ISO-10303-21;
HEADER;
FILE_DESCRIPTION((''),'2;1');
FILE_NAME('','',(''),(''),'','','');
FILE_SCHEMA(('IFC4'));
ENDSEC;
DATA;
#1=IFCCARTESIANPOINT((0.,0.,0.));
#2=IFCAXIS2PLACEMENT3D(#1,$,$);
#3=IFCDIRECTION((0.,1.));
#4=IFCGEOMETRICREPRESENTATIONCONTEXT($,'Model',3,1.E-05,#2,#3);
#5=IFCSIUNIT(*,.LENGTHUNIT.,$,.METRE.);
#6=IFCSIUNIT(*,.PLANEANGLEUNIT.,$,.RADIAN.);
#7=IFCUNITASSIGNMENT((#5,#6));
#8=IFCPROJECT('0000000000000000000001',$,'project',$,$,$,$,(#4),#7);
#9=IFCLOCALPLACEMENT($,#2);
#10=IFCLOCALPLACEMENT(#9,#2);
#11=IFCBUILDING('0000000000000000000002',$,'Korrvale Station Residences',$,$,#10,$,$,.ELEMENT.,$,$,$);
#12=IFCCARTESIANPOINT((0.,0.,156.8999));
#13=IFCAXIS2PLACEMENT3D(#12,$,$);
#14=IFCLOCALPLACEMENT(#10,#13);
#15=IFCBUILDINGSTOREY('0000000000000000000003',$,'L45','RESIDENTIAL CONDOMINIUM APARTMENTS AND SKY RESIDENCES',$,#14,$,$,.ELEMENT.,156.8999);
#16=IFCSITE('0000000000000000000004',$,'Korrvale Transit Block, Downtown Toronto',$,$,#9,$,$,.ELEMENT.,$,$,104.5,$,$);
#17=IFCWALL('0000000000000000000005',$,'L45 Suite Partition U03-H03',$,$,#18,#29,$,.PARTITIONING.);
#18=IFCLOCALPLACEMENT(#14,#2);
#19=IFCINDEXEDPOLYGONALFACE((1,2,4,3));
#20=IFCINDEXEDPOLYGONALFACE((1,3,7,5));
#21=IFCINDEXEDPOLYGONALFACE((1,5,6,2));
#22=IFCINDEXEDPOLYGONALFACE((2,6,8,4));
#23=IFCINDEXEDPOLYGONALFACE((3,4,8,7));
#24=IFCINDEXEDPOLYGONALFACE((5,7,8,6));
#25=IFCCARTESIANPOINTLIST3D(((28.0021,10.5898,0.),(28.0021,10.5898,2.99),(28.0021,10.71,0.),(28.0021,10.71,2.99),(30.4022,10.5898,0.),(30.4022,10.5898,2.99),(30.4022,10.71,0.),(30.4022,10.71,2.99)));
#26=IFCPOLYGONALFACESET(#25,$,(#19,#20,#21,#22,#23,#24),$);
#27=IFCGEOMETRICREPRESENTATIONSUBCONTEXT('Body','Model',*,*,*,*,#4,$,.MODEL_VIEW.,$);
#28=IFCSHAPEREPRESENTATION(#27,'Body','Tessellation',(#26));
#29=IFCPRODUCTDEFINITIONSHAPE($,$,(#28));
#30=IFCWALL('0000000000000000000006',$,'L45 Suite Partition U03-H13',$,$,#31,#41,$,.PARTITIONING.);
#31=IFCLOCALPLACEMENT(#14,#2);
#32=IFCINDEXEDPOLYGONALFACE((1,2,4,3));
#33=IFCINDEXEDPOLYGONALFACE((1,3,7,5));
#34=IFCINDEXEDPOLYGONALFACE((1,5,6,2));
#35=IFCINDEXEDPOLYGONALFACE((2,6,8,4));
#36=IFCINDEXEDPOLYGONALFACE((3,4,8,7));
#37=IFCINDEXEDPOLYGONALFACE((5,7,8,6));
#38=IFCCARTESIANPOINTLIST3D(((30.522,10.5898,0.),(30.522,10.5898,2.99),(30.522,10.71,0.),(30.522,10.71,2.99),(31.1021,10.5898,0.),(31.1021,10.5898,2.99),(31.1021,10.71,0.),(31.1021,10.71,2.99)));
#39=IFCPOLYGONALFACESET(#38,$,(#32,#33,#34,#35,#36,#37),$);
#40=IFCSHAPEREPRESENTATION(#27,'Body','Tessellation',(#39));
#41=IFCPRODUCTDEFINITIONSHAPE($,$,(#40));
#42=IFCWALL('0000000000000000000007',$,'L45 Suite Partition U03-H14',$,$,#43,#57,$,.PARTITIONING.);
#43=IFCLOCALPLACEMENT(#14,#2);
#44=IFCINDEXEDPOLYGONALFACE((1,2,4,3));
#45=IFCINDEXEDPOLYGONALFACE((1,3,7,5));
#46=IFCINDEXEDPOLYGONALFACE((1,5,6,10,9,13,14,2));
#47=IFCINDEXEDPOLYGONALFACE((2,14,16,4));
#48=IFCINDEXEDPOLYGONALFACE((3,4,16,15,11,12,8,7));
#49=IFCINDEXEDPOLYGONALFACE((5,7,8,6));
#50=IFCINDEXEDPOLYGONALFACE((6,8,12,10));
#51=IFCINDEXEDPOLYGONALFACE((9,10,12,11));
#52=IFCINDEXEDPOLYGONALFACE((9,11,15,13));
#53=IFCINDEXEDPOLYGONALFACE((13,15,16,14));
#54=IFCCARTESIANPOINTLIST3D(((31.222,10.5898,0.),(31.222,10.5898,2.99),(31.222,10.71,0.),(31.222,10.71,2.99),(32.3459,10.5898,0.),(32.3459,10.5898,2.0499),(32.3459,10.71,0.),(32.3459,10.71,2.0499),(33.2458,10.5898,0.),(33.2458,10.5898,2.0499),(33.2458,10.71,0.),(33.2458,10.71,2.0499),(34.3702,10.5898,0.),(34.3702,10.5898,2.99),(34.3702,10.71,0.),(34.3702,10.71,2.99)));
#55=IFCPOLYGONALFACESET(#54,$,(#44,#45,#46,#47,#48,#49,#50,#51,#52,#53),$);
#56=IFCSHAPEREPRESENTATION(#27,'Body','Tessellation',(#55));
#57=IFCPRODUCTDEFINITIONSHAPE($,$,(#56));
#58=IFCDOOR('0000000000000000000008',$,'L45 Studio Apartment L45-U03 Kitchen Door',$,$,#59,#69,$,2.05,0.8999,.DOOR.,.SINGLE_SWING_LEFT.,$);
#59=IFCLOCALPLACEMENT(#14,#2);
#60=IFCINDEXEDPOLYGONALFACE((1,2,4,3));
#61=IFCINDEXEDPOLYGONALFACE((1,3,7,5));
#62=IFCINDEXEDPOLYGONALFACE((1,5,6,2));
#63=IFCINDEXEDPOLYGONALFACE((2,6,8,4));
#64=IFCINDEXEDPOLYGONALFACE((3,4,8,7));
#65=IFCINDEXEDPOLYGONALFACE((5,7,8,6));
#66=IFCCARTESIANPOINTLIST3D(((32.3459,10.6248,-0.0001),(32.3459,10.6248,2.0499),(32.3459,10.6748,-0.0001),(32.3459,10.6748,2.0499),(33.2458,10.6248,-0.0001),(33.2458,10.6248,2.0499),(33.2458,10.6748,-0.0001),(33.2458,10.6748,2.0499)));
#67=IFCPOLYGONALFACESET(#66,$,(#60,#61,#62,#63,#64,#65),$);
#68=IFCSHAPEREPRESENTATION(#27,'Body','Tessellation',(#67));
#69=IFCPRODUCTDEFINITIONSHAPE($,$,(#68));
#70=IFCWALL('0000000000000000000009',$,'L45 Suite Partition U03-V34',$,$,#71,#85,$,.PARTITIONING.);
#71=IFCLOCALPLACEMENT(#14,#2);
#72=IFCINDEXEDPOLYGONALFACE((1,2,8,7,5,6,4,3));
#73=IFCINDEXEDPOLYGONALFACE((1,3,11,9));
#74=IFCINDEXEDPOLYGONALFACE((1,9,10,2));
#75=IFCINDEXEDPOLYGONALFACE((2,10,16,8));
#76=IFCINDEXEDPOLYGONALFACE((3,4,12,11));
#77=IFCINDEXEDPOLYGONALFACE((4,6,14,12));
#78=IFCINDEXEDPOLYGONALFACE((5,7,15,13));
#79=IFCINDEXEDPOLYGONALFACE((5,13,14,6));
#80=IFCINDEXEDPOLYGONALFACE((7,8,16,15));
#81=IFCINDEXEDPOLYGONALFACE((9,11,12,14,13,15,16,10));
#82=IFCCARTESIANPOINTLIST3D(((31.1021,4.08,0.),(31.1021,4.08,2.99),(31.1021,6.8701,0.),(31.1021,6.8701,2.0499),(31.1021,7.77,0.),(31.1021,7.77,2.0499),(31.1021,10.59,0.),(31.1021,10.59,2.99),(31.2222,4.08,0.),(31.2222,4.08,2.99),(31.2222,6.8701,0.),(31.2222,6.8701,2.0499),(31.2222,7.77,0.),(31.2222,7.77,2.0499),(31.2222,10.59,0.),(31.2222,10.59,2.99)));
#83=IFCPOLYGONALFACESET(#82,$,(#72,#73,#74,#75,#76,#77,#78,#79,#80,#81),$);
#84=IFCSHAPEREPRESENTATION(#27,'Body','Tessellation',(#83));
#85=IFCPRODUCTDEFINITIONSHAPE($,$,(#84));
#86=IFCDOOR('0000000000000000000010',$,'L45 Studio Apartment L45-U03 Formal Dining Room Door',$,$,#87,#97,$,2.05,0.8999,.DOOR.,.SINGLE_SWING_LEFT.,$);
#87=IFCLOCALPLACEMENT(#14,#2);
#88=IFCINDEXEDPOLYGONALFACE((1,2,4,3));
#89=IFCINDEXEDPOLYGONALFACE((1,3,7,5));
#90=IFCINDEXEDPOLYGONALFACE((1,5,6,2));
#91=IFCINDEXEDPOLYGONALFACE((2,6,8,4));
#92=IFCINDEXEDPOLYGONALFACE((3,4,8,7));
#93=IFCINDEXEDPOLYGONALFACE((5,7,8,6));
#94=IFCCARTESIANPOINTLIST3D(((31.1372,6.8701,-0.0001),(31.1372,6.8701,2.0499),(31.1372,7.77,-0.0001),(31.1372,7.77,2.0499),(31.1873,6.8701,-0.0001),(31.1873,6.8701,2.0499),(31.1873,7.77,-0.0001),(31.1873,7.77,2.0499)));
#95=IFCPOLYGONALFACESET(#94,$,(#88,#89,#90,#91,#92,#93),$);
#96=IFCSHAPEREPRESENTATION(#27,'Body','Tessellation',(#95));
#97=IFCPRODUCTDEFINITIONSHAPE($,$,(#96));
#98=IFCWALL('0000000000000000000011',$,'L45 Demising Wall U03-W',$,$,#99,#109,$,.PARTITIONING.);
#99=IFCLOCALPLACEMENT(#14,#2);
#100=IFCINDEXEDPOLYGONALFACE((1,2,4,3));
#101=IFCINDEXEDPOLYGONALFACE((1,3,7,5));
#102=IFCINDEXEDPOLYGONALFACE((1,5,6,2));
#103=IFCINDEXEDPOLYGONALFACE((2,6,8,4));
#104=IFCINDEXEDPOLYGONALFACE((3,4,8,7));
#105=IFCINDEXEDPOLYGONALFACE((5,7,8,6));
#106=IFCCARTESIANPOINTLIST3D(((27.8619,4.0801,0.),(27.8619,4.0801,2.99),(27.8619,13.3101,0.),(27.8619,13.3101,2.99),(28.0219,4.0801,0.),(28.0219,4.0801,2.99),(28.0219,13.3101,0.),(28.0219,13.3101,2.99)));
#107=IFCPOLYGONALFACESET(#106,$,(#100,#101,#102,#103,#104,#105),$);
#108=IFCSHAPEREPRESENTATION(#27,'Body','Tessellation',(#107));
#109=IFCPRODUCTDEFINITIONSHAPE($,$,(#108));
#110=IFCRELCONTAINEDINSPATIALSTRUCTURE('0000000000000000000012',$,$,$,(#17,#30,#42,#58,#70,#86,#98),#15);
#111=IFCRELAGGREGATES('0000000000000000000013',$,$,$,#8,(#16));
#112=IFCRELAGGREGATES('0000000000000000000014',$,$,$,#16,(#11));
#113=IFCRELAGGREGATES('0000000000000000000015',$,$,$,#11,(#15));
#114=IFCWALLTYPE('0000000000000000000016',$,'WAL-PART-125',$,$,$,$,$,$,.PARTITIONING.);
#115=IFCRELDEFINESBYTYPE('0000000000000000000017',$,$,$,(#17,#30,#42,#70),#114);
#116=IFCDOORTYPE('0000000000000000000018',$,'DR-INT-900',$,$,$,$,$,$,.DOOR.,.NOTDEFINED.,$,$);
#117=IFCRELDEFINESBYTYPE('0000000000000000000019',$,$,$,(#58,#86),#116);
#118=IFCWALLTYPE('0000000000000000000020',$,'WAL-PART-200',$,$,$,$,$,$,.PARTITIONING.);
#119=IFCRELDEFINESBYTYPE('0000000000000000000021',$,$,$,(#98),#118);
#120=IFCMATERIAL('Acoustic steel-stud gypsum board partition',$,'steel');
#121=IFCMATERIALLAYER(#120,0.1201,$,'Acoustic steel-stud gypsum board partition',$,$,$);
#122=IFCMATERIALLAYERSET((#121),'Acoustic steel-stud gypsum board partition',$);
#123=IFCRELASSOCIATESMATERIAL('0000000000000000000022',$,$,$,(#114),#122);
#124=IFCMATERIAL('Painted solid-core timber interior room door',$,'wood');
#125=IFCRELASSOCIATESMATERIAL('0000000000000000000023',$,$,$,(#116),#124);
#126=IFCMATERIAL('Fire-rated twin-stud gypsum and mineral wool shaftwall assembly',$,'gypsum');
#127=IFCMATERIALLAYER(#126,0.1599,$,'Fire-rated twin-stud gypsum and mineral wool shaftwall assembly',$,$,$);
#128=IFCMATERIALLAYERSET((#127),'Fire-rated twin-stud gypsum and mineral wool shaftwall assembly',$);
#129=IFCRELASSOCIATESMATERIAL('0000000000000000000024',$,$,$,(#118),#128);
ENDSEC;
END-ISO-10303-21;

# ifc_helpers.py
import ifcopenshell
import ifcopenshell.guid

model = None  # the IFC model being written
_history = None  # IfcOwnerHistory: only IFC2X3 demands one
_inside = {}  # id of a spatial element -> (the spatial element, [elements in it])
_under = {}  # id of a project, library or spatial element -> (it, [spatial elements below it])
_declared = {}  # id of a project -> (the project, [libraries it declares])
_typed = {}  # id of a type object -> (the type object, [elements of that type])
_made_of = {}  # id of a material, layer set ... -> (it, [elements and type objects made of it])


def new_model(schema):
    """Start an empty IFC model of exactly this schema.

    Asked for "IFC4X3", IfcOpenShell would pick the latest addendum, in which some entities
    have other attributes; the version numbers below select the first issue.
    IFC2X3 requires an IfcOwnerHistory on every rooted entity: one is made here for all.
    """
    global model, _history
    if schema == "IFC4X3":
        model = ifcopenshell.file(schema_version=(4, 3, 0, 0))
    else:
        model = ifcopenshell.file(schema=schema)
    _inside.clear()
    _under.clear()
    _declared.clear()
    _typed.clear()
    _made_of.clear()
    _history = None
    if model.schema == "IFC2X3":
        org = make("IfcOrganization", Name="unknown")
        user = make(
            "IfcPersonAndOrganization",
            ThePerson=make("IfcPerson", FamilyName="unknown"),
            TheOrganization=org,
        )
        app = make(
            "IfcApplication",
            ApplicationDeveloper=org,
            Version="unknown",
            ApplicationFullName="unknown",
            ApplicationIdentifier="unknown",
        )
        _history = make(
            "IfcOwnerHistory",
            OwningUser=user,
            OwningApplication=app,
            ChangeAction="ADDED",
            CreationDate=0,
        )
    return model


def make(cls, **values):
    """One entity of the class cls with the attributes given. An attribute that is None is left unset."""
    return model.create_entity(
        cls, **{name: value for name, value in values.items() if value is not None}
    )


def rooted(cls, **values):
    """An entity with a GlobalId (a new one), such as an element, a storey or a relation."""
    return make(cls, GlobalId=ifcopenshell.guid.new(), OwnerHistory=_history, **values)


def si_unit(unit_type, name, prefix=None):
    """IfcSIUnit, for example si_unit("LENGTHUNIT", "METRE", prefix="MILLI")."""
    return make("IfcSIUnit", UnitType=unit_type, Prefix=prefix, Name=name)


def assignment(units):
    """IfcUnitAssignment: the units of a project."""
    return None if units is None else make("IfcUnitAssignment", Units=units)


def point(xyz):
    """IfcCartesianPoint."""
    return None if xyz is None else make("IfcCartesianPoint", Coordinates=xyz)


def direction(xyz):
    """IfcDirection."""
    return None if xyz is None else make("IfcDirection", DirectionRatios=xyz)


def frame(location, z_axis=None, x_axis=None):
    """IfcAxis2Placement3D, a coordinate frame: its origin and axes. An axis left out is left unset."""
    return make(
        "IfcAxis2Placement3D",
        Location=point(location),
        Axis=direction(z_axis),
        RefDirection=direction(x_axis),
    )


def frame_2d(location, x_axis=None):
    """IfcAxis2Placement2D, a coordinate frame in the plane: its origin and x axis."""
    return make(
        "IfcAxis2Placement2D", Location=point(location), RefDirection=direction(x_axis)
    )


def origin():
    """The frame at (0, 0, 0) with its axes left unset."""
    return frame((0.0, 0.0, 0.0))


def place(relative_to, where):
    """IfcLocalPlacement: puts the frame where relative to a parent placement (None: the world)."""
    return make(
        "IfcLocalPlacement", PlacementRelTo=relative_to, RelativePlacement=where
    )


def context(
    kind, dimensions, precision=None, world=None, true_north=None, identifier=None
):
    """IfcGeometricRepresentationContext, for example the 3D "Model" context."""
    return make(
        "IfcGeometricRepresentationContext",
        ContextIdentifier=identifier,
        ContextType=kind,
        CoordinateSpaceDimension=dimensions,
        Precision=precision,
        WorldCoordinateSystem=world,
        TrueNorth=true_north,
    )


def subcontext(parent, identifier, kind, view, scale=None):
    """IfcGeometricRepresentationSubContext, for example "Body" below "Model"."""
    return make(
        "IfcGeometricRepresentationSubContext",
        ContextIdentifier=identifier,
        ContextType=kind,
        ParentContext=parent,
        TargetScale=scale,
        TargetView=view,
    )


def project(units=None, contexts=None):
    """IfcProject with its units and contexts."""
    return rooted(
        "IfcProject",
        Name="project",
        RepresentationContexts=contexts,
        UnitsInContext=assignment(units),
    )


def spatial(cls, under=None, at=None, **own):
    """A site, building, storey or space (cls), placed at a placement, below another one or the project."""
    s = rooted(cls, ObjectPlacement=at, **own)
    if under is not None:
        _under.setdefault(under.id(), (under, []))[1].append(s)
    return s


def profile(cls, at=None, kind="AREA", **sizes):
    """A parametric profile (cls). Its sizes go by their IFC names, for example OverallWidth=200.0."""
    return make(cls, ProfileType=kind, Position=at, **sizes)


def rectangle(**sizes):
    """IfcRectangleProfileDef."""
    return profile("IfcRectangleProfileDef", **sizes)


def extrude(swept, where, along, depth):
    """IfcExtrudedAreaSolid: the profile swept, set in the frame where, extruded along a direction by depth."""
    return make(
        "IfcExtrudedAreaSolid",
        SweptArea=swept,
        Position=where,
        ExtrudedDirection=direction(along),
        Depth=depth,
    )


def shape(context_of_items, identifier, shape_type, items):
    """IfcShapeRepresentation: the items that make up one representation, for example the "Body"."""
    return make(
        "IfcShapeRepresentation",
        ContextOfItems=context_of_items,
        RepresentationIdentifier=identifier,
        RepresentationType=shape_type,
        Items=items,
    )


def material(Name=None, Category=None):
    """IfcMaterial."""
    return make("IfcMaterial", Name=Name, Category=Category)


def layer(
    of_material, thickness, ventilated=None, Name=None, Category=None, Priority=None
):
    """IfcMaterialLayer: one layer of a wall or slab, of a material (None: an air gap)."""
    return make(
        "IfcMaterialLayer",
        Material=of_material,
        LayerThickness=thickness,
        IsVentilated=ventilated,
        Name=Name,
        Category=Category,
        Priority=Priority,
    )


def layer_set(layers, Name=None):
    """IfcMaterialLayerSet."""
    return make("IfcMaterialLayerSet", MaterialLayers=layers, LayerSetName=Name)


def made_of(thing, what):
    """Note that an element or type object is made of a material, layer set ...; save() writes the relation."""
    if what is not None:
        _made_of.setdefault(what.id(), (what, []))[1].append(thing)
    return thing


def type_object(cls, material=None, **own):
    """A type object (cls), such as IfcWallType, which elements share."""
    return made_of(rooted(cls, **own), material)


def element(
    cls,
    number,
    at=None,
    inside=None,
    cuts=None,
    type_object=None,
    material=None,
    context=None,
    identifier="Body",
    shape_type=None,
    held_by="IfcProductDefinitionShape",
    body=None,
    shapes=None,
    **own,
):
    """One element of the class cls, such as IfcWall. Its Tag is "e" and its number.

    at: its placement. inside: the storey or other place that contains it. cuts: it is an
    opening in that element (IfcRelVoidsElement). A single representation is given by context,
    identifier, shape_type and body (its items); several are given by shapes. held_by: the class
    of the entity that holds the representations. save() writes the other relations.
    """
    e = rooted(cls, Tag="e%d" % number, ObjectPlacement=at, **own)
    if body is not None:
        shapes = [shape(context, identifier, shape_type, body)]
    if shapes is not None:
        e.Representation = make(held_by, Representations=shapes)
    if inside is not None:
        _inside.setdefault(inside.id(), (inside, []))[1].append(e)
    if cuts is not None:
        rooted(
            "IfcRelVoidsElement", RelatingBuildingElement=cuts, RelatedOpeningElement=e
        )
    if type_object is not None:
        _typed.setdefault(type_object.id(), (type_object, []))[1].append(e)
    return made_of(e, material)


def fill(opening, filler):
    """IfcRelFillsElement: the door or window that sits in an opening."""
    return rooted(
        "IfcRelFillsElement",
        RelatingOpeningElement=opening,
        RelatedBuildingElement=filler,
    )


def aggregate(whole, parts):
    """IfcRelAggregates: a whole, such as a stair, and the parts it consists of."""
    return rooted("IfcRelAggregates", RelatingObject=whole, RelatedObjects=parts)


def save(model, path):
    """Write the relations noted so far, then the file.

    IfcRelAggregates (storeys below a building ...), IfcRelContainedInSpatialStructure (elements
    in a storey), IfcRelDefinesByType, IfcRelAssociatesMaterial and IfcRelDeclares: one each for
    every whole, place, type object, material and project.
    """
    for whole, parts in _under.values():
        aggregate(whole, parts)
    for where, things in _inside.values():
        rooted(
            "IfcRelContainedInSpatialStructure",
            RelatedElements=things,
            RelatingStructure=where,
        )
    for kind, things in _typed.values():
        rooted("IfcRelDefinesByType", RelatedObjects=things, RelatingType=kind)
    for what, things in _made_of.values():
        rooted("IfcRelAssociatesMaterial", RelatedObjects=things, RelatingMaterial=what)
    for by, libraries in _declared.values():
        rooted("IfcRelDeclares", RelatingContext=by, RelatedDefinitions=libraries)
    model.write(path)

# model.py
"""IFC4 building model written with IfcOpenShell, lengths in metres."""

from ifc_helpers import new_model, si_unit, direction, frame, frame_2d, origin, place, context, subcontext, project, spatial, rectangle, extrude, material, layer, layer_set, type_object, element, fill, save


model = new_model("IFC4")

# Units and contexts
model_context = context("Model", 3, precision=1e-05, world=origin(), true_north=direction((0.0, 1.0)))
body_context = subcontext(model_context, "Body", "Model", "MODEL_VIEW")
ifc_project = project(units=[si_unit("LENGTHUNIT", "METRE"), si_unit("PLANEANGLEUNIT", "RADIAN")], contexts=[model_context])

# Site, building, storey
site_placement = place(None, origin())
site = spatial("IfcSite", under=ifc_project, at=site_placement, Name="Korrvale Transit Block, Downtown Toronto", CompositionType="ELEMENT", RefElevation=104.5)
building_placement = place(site_placement, origin())
building = spatial("IfcBuilding", under=site, at=building_placement, Name="Korrvale Station Residences", CompositionType="ELEMENT")
storey_placement = place(building_placement, frame((0.0, 0.0, 156.8999)))
storey = spatial("IfcBuildingStorey", under=building, at=storey_placement, Name="L45", Description="RESIDENTIAL CONDOMINIUM APARTMENTS AND SKY RESIDENCES", CompositionType="ELEMENT", Elevation=156.8999)

# Shared definitions
ifc_material_1 = material(Name="Acoustic steel-stud gypsum board partition", Category="steel")
ifc_layer_1 = layer(ifc_material_1, 0.1201, Name="Acoustic steel-stud gypsum board partition")
ifc_layer_set_1 = layer_set([ifc_layer_1], Name="Acoustic steel-stud gypsum board partition")
wall_type_1 = type_object("IfcWallType", Name="WAL-PART-125", PredefinedType="PARTITIONING", material=ifc_layer_set_1)
ifc_material_2 = material(Name="Painted solid-core timber interior room door", Category="wood")
door_type_1 = type_object("IfcDoorType", Name="DR-INT-900", OperationType="NOTDEFINED", PredefinedType="DOOR", material=ifc_material_2)

# Walls
wall_1_placement = place(storey_placement, frame((28.002, 10.6499, 0.0), z_axis=(0.0, 0.0, 1.0), x_axis=(1.0, 0.0, 0.0)))
element("IfcWall", 1, at=wall_1_placement, inside=storey, type_object=wall_type_1, Name="L45 Suite Partition U03-H03", PredefinedType="PARTITIONING", context=body_context, shape_type="SweptSolid", body=[
    extrude(rectangle(XDim=2.4001, YDim=0.1201, at=frame_2d((1.2002, 0.0))), origin(), (0.0, 0.0, 1.0), 2.99),
])
wall_2_placement = place(storey_placement, frame((30.522, 10.6499, 0.0), z_axis=(0.0, 0.0, 1.0), x_axis=(1.0, 0.0, 0.0)))
element("IfcWall", 2, at=wall_2_placement, inside=storey, type_object=wall_type_1, Name="L45 Suite Partition U03-H13", PredefinedType="PARTITIONING", context=body_context, shape_type="SweptSolid", body=[
    extrude(rectangle(XDim=0.5801, YDim=0.1201, at=frame_2d((0.29, 0.0))), origin(), (0.0, 0.0, 1.0), 2.99),
])

# Walls, openings, doors
wall_3_placement = place(storey_placement, frame((31.2219, 10.6499, 0.0), z_axis=(0.0, 0.0, 1.0), x_axis=(1.0, 0.0, 0.0)))
wall_3 = element("IfcWall", 3, at=wall_3_placement, inside=storey, type_object=wall_type_1, Name="L45 Suite Partition U03-H14", PredefinedType="PARTITIONING", context=body_context, shape_type="SweptSolid", body=[
    extrude(rectangle(XDim=3.1482, YDim=0.1201, at=frame_2d((1.5742, 0.0))), origin(), (0.0, 0.0, 1.0), 2.99),
])
opening_1_placement = place(wall_3_placement, frame((1.124, 0.0, 0.0)))
opening_1 = element("IfcOpeningElement", 4, at=opening_1_placement, cuts=wall_3, PredefinedType="OPENING", context=body_context, shape_type="SweptSolid", body=[
    extrude(rectangle(XDim=0.8999, YDim=2.05, at=frame_2d((0.45, 1.0249))), frame((0.0, 0.0701, 0.0), z_axis=(0.0, -1.0, 0.0), x_axis=(1.0, 0.0, 0.0)), (0.0, 0.0, 1.0), 0.1401),
])
door_1_placement = place(opening_1_placement, origin())
door_1 = element("IfcDoor", 5, at=door_1_placement, inside=storey, type_object=door_type_1, Name="L45 Studio Apartment L45-U03 Kitchen Door", OperationType="SINGLE_SWING_LEFT", OverallHeight=2.05, OverallWidth=0.8999, PredefinedType="DOOR", context=body_context, shape_type="SweptSolid", body=[
    extrude(rectangle(XDim=0.8999, YDim=2.05, at=frame_2d((0.45, 1.0249))), frame((0.0, 0.0249, 0.0), z_axis=(0.0, -1.0, 0.0), x_axis=(1.0, 0.0, 0.0)), (0.0, 0.0, 1.0), 0.05),
])
fill(opening_1, door_1)
wall_4_placement = place(storey_placement, frame((31.1621, 4.0801, 0.0), z_axis=(0.0, 0.0, 1.0), x_axis=(0.0, 1.0, 0.0)))
wall_4 = element("IfcWall", 6, at=wall_4_placement, inside=storey, type_object=wall_type_1, Name="L45 Suite Partition U03-V34", PredefinedType="PARTITIONING", context=body_context, shape_type="SweptSolid", body=[
    extrude(rectangle(XDim=6.51, YDim=0.1201, at=frame_2d((3.2549, 0.0))), origin(), (0.0, 0.0, 1.0), 2.99),
])
opening_2_placement = place(wall_4_placement, frame((2.79, 0.0, 0.0)))
opening_2 = element("IfcOpeningElement", 7, at=opening_2_placement, cuts=wall_4, PredefinedType="OPENING", context=body_context, shape_type="SweptSolid", body=[
    extrude(rectangle(XDim=0.8999, YDim=2.05, at=frame_2d((0.45, 1.0249))), frame((0.0, 0.0701, 0.0), z_axis=(0.0, -1.0, 0.0), x_axis=(1.0, 0.0, 0.0)), (0.0, 0.0, 1.0), 0.1401),
])
door_2_placement = place(opening_2_placement, origin())
door_2 = element("IfcDoor", 8, at=door_2_placement, inside=storey, type_object=door_type_1, Name="L45 Studio Apartment L45-U03 Formal Dining Room Door", OperationType="SINGLE_SWING_LEFT", OverallHeight=2.05, OverallWidth=0.8999, PredefinedType="DOOR", context=body_context, shape_type="SweptSolid", body=[
    extrude(rectangle(XDim=0.8999, YDim=2.05, at=frame_2d((0.45, 1.0249))), frame((0.0, 0.0249, 0.0), z_axis=(0.0, -1.0, 0.0), x_axis=(1.0, 0.0, 0.0)), (0.0, 0.0, 1.0), 0.05),
])
fill(opening_2, door_2)

# Wall
ifc_material_3 = material(Name="Fire-rated twin-stud gypsum and mineral wool shaftwall assembly", Category="gypsum")
ifc_layer_2 = layer(ifc_material_3, 0.1599, Name="Fire-rated twin-stud gypsum and mineral wool shaftwall assembly")
ifc_layer_set_2 = layer_set([ifc_layer_2], Name="Fire-rated twin-stud gypsum and mineral wool shaftwall assembly")
wall_type_2 = type_object("IfcWallType", Name="WAL-PART-200", PredefinedType="PARTITIONING", material=ifc_layer_set_2)
wall_5_placement = place(storey_placement, frame((27.9419, 4.0801, 0.0), z_axis=(0.0, 0.0, 1.0), x_axis=(0.0, 1.0, 0.0)))
element("IfcWall", 9, at=wall_5_placement, inside=storey, type_object=wall_type_2, Name="L45 Demising Wall U03-W", PredefinedType="PARTITIONING", context=body_context, shape_type="SweptSolid", body=[
    extrude(rectangle(XDim=9.23, YDim=0.1599, at=frame_2d((4.615, 0.0))), origin(), (0.0, 0.0, 1.0), 2.99),
])

save(model, "model.ifc")
